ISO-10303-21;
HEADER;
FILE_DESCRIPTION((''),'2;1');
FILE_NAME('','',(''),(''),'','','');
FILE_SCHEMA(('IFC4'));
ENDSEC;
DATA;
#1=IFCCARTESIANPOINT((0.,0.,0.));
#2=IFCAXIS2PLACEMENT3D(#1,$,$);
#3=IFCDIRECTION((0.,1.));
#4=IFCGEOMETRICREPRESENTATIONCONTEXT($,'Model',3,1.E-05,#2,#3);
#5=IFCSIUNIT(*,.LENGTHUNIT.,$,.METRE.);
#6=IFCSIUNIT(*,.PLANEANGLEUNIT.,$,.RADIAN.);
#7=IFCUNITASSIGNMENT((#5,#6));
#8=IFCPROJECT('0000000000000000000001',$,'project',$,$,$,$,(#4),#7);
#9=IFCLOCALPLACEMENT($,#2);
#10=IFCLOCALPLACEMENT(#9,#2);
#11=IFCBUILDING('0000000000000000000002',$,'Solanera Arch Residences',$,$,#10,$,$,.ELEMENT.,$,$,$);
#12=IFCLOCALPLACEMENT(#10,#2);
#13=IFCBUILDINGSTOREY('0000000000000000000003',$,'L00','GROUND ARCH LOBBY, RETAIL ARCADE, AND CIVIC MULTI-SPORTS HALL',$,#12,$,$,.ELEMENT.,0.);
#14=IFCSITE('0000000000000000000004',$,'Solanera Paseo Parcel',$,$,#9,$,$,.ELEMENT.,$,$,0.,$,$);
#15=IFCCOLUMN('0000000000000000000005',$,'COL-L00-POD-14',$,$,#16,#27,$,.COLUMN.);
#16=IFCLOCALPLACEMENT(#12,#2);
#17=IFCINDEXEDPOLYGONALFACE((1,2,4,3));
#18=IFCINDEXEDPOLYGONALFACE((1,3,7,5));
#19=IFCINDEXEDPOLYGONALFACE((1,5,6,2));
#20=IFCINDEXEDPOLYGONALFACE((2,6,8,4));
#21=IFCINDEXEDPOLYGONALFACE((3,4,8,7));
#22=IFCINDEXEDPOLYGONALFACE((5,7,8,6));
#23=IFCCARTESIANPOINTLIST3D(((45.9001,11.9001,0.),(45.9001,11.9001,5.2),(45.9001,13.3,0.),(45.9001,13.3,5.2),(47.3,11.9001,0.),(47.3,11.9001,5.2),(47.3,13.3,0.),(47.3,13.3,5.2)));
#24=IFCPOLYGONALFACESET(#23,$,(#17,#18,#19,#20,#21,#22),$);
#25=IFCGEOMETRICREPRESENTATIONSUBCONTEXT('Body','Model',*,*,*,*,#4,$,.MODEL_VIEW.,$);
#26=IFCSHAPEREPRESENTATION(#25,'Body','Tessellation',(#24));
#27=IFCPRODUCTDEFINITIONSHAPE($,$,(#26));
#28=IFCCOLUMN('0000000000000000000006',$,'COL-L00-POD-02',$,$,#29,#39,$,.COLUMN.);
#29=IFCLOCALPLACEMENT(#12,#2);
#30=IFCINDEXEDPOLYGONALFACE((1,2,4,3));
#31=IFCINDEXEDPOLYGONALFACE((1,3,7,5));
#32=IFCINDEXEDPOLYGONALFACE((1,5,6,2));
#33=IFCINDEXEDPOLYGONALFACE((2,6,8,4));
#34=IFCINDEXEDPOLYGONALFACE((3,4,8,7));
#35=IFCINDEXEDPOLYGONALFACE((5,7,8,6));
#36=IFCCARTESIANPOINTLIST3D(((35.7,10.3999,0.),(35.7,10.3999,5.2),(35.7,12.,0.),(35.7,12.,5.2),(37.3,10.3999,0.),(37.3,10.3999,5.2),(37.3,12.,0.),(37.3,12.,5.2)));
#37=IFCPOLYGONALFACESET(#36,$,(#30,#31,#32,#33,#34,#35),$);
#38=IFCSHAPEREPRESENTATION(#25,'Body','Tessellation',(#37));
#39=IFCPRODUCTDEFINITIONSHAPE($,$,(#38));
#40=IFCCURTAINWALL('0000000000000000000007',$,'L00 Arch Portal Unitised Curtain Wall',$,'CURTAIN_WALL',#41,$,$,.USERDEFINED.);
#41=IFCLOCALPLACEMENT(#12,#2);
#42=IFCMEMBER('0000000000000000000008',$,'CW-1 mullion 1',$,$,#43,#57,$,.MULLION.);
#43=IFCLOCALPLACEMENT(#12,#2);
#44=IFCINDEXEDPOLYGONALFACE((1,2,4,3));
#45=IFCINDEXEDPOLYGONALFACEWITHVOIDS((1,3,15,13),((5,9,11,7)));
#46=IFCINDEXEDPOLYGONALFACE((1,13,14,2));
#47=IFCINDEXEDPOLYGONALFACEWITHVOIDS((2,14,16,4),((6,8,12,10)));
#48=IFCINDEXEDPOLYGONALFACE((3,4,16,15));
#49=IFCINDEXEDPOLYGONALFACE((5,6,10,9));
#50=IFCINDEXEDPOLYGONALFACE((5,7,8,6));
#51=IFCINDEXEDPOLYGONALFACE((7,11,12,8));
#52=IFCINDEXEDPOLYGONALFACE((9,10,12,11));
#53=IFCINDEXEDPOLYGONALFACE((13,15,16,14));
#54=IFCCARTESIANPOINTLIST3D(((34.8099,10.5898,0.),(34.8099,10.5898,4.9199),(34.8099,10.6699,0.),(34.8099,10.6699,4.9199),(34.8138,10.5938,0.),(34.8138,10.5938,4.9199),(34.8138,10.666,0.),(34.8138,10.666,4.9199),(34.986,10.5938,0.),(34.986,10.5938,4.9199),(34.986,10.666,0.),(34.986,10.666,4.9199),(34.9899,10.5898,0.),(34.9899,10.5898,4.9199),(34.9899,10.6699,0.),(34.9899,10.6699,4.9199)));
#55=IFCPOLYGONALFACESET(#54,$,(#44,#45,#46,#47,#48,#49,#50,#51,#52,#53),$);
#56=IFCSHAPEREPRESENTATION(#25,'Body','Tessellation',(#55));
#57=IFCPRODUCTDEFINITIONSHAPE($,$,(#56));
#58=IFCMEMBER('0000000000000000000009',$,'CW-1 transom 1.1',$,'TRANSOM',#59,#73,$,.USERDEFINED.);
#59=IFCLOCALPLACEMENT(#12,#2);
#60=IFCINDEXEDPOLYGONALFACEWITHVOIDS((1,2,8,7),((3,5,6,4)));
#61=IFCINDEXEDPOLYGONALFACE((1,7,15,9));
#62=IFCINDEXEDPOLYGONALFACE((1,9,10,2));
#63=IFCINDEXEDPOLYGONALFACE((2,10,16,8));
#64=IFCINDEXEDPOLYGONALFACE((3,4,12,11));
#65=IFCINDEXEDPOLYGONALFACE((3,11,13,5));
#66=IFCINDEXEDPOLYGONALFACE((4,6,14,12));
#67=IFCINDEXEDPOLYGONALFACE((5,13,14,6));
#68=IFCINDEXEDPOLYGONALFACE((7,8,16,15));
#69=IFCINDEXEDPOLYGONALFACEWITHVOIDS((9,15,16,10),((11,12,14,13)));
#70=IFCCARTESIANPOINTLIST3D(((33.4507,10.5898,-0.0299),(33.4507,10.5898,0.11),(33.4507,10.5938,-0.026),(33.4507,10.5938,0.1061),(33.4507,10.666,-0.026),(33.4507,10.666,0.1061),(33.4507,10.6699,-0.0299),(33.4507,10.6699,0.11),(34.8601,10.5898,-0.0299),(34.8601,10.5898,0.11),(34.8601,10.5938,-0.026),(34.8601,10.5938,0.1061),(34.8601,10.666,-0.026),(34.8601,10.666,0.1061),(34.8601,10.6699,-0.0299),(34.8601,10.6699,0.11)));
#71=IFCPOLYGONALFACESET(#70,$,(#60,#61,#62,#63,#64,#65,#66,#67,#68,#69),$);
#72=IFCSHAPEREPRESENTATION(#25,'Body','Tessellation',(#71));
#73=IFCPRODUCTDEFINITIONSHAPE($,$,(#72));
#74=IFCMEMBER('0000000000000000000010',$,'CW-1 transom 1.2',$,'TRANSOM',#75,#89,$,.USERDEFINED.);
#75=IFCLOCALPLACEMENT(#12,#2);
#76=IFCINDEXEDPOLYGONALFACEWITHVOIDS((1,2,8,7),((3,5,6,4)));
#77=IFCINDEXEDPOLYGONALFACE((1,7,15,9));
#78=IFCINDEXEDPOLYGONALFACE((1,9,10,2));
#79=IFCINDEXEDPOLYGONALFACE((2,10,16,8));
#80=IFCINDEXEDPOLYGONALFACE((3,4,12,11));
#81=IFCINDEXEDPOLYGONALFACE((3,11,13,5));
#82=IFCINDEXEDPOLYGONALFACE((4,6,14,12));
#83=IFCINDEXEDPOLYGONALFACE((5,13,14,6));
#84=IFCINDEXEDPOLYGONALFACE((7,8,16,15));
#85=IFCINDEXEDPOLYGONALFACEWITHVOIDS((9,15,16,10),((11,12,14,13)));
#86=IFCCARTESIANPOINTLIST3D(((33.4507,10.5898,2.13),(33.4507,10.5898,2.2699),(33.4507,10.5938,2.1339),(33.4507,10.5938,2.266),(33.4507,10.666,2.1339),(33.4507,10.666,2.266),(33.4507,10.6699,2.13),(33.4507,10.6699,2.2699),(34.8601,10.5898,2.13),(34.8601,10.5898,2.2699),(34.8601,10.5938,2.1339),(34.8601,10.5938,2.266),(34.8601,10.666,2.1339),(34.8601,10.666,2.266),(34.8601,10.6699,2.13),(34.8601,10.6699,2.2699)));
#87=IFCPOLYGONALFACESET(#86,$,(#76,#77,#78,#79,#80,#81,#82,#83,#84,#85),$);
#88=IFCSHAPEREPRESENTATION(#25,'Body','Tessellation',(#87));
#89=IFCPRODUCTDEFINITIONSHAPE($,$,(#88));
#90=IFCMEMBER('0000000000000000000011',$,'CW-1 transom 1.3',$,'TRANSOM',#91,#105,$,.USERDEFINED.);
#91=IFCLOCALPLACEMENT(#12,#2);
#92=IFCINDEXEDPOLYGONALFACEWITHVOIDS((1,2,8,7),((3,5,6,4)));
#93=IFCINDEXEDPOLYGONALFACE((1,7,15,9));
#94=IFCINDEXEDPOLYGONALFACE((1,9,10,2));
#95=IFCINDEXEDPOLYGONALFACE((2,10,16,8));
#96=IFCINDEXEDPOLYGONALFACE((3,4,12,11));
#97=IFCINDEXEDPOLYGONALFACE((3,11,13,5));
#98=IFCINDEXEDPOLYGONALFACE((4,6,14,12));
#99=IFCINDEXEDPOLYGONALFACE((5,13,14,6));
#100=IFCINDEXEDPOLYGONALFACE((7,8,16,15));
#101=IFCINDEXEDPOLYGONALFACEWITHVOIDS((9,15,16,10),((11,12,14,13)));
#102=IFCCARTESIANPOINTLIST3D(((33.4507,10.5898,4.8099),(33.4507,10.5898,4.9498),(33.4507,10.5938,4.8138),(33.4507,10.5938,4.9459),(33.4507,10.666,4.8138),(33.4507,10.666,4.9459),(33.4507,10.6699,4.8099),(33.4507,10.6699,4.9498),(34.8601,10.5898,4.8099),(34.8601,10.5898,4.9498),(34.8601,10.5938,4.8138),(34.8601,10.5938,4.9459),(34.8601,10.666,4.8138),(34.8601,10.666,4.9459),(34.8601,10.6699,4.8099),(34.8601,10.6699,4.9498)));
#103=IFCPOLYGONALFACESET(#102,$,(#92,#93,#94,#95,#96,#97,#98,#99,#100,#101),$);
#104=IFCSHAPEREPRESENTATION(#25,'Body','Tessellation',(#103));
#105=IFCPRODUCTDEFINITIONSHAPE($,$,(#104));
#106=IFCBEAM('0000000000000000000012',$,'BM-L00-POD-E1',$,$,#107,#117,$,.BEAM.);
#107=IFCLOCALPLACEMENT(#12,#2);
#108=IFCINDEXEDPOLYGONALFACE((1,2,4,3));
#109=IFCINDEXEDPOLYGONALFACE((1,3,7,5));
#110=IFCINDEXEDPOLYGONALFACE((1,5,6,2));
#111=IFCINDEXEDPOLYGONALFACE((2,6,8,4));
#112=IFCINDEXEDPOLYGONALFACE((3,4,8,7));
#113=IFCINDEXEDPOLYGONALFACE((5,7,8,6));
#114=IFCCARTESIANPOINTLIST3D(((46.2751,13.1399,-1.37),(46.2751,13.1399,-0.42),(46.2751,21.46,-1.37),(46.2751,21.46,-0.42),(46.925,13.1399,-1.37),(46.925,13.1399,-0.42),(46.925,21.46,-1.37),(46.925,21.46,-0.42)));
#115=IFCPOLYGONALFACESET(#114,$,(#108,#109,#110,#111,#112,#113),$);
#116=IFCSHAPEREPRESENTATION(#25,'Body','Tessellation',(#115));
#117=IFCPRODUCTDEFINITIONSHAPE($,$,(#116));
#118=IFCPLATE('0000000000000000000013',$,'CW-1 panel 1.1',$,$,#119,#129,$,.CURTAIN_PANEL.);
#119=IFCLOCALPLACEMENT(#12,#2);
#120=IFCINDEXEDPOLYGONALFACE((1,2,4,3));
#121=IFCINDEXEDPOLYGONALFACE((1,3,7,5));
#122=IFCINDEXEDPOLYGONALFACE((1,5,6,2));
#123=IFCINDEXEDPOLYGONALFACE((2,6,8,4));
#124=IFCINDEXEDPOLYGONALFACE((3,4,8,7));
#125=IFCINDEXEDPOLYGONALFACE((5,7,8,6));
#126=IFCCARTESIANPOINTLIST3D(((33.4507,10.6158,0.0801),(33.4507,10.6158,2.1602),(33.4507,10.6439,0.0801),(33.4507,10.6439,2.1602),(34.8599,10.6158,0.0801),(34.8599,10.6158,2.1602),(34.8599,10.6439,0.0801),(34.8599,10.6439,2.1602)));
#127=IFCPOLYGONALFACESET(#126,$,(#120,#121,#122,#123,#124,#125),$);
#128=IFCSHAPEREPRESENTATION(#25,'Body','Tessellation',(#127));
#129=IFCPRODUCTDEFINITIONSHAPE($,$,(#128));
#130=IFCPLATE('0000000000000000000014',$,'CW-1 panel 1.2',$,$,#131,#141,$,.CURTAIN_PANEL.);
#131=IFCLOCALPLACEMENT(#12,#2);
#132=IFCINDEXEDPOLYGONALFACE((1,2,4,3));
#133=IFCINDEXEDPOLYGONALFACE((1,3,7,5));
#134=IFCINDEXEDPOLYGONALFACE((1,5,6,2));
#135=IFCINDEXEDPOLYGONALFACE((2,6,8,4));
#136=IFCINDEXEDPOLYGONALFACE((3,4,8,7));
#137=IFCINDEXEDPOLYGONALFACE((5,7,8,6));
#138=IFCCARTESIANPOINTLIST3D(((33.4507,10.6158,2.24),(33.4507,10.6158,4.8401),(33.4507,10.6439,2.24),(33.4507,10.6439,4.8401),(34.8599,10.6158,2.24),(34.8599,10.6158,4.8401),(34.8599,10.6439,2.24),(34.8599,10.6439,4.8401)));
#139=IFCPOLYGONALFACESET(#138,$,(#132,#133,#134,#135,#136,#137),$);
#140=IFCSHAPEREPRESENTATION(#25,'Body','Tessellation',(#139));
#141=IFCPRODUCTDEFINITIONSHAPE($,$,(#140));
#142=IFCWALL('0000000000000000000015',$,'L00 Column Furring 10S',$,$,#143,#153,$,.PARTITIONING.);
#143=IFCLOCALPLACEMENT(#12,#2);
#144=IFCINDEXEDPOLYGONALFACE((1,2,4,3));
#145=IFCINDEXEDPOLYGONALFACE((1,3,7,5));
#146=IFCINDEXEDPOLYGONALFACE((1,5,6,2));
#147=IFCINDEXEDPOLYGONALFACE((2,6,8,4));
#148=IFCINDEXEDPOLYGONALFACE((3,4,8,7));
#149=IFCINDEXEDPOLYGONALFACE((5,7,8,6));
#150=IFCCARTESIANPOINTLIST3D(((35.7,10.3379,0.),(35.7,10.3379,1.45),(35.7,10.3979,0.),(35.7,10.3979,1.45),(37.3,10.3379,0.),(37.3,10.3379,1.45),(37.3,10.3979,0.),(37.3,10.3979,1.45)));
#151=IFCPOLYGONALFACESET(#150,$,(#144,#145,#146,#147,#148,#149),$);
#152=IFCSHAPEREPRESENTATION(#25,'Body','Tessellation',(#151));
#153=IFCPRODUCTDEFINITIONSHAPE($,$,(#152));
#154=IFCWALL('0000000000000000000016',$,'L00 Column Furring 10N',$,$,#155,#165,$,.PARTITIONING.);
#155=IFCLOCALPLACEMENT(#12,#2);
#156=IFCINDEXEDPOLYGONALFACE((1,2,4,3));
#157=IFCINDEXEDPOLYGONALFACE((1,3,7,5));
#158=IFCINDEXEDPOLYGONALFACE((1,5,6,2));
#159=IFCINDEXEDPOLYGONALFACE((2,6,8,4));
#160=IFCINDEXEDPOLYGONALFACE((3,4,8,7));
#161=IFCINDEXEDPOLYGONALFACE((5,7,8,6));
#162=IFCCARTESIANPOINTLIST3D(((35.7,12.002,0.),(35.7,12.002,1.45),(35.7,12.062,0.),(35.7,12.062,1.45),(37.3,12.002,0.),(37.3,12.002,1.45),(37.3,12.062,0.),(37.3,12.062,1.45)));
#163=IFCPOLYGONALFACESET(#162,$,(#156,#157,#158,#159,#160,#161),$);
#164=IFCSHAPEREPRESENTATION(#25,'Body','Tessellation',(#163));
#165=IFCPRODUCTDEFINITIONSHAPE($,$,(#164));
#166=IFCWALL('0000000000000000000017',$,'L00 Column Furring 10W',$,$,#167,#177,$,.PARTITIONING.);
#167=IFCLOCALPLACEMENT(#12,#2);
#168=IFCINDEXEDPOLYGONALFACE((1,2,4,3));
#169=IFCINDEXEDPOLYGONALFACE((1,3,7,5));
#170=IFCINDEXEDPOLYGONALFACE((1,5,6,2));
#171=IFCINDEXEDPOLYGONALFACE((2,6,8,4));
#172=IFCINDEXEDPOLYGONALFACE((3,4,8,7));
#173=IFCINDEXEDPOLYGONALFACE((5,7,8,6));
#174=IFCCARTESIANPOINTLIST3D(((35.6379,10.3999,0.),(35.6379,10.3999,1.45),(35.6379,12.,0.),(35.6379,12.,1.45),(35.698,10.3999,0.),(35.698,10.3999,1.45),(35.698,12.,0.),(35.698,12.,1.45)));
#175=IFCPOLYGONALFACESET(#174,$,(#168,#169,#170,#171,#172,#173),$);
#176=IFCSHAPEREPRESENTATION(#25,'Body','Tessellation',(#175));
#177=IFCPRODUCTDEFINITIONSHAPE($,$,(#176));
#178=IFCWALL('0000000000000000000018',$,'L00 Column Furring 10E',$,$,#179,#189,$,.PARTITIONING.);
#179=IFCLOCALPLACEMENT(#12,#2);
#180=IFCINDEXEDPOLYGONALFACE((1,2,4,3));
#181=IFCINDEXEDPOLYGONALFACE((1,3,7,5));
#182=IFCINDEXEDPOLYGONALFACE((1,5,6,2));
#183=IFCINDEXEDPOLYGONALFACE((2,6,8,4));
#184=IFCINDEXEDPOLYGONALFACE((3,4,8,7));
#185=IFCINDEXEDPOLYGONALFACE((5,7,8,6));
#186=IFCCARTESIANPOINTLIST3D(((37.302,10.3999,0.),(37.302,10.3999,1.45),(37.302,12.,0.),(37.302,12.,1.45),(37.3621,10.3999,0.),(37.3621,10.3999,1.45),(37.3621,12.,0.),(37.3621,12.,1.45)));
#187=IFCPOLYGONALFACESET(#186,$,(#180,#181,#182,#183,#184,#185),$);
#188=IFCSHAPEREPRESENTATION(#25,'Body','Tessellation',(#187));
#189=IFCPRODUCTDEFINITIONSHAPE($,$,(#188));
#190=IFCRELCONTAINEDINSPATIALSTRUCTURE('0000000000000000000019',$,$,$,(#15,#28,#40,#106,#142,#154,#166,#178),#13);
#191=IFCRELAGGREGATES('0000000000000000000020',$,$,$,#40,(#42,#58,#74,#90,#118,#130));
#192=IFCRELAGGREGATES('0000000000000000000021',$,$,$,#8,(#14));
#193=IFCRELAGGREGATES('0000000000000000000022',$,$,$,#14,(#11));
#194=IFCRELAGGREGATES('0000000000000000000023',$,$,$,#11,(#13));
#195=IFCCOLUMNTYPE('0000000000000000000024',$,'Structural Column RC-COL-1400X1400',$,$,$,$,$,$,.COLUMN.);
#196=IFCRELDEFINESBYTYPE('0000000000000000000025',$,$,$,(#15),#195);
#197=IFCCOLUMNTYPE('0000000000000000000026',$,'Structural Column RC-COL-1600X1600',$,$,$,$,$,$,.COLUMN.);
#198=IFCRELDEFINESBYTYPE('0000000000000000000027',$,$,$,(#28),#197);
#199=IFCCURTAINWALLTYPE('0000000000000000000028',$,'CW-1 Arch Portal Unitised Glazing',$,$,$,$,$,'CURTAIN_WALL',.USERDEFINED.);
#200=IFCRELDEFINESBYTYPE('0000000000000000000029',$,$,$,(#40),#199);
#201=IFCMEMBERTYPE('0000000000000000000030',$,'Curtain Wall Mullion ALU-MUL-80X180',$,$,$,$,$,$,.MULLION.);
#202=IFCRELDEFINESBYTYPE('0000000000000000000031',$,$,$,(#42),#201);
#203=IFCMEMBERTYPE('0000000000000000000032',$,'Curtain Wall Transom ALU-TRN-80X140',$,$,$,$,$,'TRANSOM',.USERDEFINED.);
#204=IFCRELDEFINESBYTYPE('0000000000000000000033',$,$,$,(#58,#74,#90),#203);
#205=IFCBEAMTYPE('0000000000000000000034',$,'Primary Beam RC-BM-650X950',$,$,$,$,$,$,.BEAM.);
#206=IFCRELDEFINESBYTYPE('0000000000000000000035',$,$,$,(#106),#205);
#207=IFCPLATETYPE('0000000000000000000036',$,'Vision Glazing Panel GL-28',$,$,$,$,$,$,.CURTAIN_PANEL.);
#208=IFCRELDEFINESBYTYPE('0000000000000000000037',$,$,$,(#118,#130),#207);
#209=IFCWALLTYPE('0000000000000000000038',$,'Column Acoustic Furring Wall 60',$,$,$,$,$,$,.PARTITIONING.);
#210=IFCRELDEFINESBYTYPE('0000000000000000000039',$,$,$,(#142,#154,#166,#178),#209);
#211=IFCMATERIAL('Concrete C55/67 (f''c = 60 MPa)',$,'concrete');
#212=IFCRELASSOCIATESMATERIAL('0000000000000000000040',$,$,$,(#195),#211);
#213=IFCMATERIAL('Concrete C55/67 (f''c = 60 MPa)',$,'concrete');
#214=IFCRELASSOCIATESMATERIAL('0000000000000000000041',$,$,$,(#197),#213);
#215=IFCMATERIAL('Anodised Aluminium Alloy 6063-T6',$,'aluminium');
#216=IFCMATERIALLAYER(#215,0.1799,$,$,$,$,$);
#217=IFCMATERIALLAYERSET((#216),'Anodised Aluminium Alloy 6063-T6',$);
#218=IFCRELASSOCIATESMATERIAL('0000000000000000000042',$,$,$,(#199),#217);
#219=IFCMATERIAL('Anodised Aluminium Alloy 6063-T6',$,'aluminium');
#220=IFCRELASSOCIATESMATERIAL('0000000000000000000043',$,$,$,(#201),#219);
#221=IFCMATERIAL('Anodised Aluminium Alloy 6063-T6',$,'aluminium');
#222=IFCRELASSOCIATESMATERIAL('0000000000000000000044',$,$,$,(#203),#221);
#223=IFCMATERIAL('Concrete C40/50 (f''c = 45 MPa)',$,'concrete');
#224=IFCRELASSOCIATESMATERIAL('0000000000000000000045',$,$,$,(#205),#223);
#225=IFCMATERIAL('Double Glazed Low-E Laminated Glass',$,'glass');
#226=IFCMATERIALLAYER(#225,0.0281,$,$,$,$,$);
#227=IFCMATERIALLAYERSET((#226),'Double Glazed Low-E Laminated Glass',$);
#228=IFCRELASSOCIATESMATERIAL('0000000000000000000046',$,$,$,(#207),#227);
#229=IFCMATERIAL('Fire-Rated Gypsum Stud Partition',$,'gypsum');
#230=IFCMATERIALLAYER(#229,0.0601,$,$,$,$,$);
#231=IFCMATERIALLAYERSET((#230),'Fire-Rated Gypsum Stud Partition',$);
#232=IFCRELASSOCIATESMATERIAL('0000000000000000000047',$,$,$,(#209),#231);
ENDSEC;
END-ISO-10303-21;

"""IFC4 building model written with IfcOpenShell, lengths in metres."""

from ifc_helpers import new_model, si_unit, direction, frame, frame_2d, origin, origin_2d, place, context, subcontext, project, spatial, rectangle, hollow_rectangle, extrude, material, layer, layer_set, material_profile, profile_set, type_object, element, aggregate, save


model = new_model("IFC4")

# Units and contexts
model_context = context("Model", 3, precision=1e-05, world=origin(), true_north=direction((0.0, 1.0)))
body_context = subcontext(model_context, "Body", "Model", "MODEL_VIEW")
ifc_project = project(units=[si_unit("LENGTHUNIT", "METRE"), si_unit("PLANEANGLEUNIT", "RADIAN")], contexts=[model_context])

# Site, building, storey
site_placement = place(None, origin())
site = spatial("IfcSite", under=ifc_project, at=site_placement, Name="Solanera Paseo Parcel", CompositionType="ELEMENT", RefElevation=0.0)
building_placement = place(site_placement, origin())
building = spatial("IfcBuilding", under=site, at=building_placement, Name="Solanera Arch Residences", CompositionType="ELEMENT")
storey_placement = place(building_placement, origin())
storey = spatial("IfcBuildingStorey", under=building, at=storey_placement, Name="L00", Description="GROUND ARCH LOBBY, RETAIL ARCADE, AND CIVIC MULTI-SPORTS HALL", CompositionType="ELEMENT", Elevation=0.0)

# Columns
ifc_material_1 = material(Name="Concrete C55/67 (f'c = 60 MPa)", Category="concrete")
ifc_material_profile_1 = material_profile(ifc_material_1, rectangle(XDim=1.3999, YDim=1.3999, at=origin_2d()))
ifc_profile_set_1 = profile_set([ifc_material_profile_1], Name="Concrete C55/67 (f'c = 60 MPa)")
column_type_1 = type_object("IfcColumnType", Name="Structural Column RC-COL-1400X1400", PredefinedType="COLUMN", material=ifc_profile_set_1)
column_1_placement = place(storey_placement, frame((46.6001, 12.6001, 0.0), z_axis=(0.0, 0.0, 1.0), x_axis=(1.0, 0.0, 0.0)))
element("IfcColumn", 1, at=column_1_placement, inside=storey, type_object=column_type_1, Name="COL-L00-POD-14", PredefinedType="COLUMN", context=body_context, shape_type="SweptSolid", body=[
    extrude(rectangle(XDim=1.3999, YDim=1.3999, at=origin_2d()), origin(), (0.0, 0.0, 1.0), 5.2),
])
ifc_material_2 = material(Name="Concrete C55/67 (f'c = 60 MPa)", Category="concrete")
ifc_material_profile_2 = material_profile(ifc_material_2, rectangle(XDim=1.6001, YDim=1.6001, at=origin_2d()))
ifc_profile_set_2 = profile_set([ifc_material_profile_2], Name="Concrete C55/67 (f'c = 60 MPa)")
column_type_2 = type_object("IfcColumnType", Name="Structural Column RC-COL-1600X1600", PredefinedType="COLUMN", material=ifc_profile_set_2)
column_2_placement = place(storey_placement, frame((36.5, 11.2, 0.0), z_axis=(0.0, 0.0, 1.0), x_axis=(1.0, 0.0, 0.0)))
element("IfcColumn", 2, at=column_2_placement, inside=storey, type_object=column_type_2, Name="COL-L00-POD-02", PredefinedType="COLUMN", context=body_context, shape_type="SweptSolid", body=[
    extrude(rectangle(XDim=1.6001, YDim=1.6001, at=origin_2d()), origin(), (0.0, 0.0, 1.0), 5.2),
])

# Curtain wall, members
ifc_material_3 = material(Name="Anodised Aluminium Alloy 6063-T6", Category="aluminium")
ifc_layer_1 = layer(ifc_material_3, 0.1799)
ifc_layer_set_1 = layer_set([ifc_layer_1], Name="Anodised Aluminium Alloy 6063-T6")
curtain_wall_type = type_object("IfcCurtainWallType", Name="CW-1 Arch Portal Unitised Glazing", ElementType="CURTAIN_WALL", PredefinedType="USERDEFINED", material=ifc_layer_set_1)
curtain_wall_placement = place(storey_placement, origin())
curtain_wall = element("IfcCurtainWall", 3, at=curtain_wall_placement, inside=storey, type_object=curtain_wall_type, Name="L00 Arch Portal Unitised Curtain Wall", ObjectType="CURTAIN_WALL", PredefinedType="USERDEFINED")
ifc_material_4 = material(Name="Anodised Aluminium Alloy 6063-T6", Category="aluminium")
ifc_material_profile_3 = material_profile(ifc_material_4, hollow_rectangle(XDim=0.0801, YDim=0.1799, WallThickness=0.0039, at=origin_2d()))
ifc_profile_set_3 = profile_set([ifc_material_profile_3], Name="Anodised Aluminium Alloy 6063-T6")
member_type_1 = type_object("IfcMemberType", Name="Curtain Wall Mullion ALU-MUL-80X180", PredefinedType="MULLION", material=ifc_profile_set_3)
member_1_placement = place(storey_placement, frame((34.8999, 10.6299, 0.0), z_axis=(0.0, 0.0, 1.0), x_axis=(0.0, -1.0, 0.0)))
member_1 = element("IfcMember", 4, at=member_1_placement, type_object=member_type_1, Name="CW-1 mullion 1", PredefinedType="MULLION", context=body_context, shape_type="SweptSolid", body=[
    extrude(hollow_rectangle(XDim=0.0801, YDim=0.1799, WallThickness=0.0039, at=origin_2d()), origin(), (0.0, 0.0, 1.0), 4.9199),
])
ifc_material_5 = material(Name="Anodised Aluminium Alloy 6063-T6", Category="aluminium")
ifc_material_profile_4 = material_profile(ifc_material_5, hollow_rectangle(XDim=0.0801, YDim=0.1399, WallThickness=0.0039, at=origin_2d()))
ifc_profile_set_4 = profile_set([ifc_material_profile_4], Name="Anodised Aluminium Alloy 6063-T6")
member_type_2 = type_object("IfcMemberType", Name="Curtain Wall Transom ALU-TRN-80X140", ElementType="TRANSOM", PredefinedType="USERDEFINED", material=ifc_profile_set_4)
member_2_placement = place(storey_placement, frame((34.8601, 10.6299, 0.04), z_axis=(-1.0, 0.0, 0.0), x_axis=(0.0, -1.0, 0.0)))
member_2 = element("IfcMember", 5, at=member_2_placement, type_object=member_type_2, Name="CW-1 transom 1.1", ObjectType="TRANSOM", PredefinedType="USERDEFINED", context=body_context, shape_type="SweptSolid", body=[
    extrude(hollow_rectangle(XDim=0.0801, YDim=0.1399, WallThickness=0.0039, at=origin_2d()), origin(), (0.0, 0.0, 1.0), 1.4094),
])
member_3_placement = place(storey_placement, frame((34.8601, 10.6299, 2.2), z_axis=(-1.0, 0.0, 0.0), x_axis=(0.0, -1.0, 0.0)))
member_3 = element("IfcMember", 6, at=member_3_placement, type_object=member_type_2, Name="CW-1 transom 1.2", ObjectType="TRANSOM", PredefinedType="USERDEFINED", context=body_context, shape_type="SweptSolid", body=[
    extrude(hollow_rectangle(XDim=0.0801, YDim=0.1399, WallThickness=0.0039, at=origin_2d()), origin(), (0.0, 0.0, 1.0), 1.4094),
])
member_4_placement = place(storey_placement, frame((34.8601, 10.6299, 4.8799), z_axis=(-1.0, 0.0, 0.0), x_axis=(0.0, -1.0, 0.0)))
member_4 = element("IfcMember", 7, at=member_4_placement, type_object=member_type_2, Name="CW-1 transom 1.3", ObjectType="TRANSOM", PredefinedType="USERDEFINED", context=body_context, shape_type="SweptSolid", body=[
    extrude(hollow_rectangle(XDim=0.0801, YDim=0.1399, WallThickness=0.0039, at=origin_2d()), origin(), (0.0, 0.0, 1.0), 1.4094),
])

# Beam
ifc_material_6 = material(Name="Concrete C40/50 (f'c = 45 MPa)", Category="concrete")
ifc_material_profile_5 = material_profile(ifc_material_6, rectangle(XDim=0.6499, YDim=0.95, at=origin_2d()))
ifc_profile_set_5 = profile_set([ifc_material_profile_5], Name="Concrete C40/50 (f'c = 45 MPa)")
beam_type = type_object("IfcBeamType", Name="Primary Beam RC-BM-650X950", PredefinedType="BEAM", material=ifc_profile_set_5)
beam_placement = place(storey_placement, frame((46.6001, 13.1399, -0.895), z_axis=(0.0, 1.0, 0.0), x_axis=(-1.0, 0.0, 0.0)))
element("IfcBeam", 8, at=beam_placement, inside=storey, type_object=beam_type, Name="BM-L00-POD-E1", PredefinedType="BEAM", context=body_context, shape_type="SweptSolid", body=[
    extrude(rectangle(XDim=0.6499, YDim=0.95, at=origin_2d()), origin(), (0.0, 0.0, 1.0), 8.3201),
])

# Plates
ifc_material_7 = material(Name="Double Glazed Low-E Laminated Glass", Category="glass")
ifc_layer_2 = layer(ifc_material_7, 0.0281)
ifc_layer_set_2 = layer_set([ifc_layer_2], Name="Double Glazed Low-E Laminated Glass")
plate_type = type_object("IfcPlateType", Name="Vision Glazing Panel GL-28", PredefinedType="CURTAIN_PANEL", material=ifc_layer_set_2)
plate_1_placement = place(storey_placement, frame((34.1553, 10.6299, 0.0801), z_axis=(0.0, 0.0, 1.0), x_axis=(-1.0, 0.0, 0.0)))
plate_1 = element("IfcPlate", 9, at=plate_1_placement, type_object=plate_type, Name="CW-1 panel 1.1", PredefinedType="CURTAIN_PANEL", context=body_context, shape_type="SweptSolid", body=[
    extrude(rectangle(XDim=1.4092, YDim=0.0281, at=origin_2d()), origin(), (0.0, 0.0, 1.0), 2.0801),
])
plate_2_placement = place(storey_placement, frame((34.1553, 10.6299, 2.24), z_axis=(0.0, 0.0, 1.0), x_axis=(-1.0, 0.0, 0.0)))
plate_2 = element("IfcPlate", 10, at=plate_2_placement, type_object=plate_type, Name="CW-1 panel 1.2", PredefinedType="CURTAIN_PANEL", context=body_context, shape_type="SweptSolid", body=[
    extrude(rectangle(XDim=1.4092, YDim=0.0281, at=origin_2d()), origin(), (0.0, 0.0, 1.0), 2.6001),
])
aggregate(curtain_wall, [member_1, member_2, member_3, member_4, plate_1, plate_2])

# Walls
ifc_material_8 = material(Name="Fire-Rated Gypsum Stud Partition", Category="gypsum")
ifc_layer_3 = layer(ifc_material_8, 0.0601)
ifc_layer_set_3 = layer_set([ifc_layer_3], Name="Fire-Rated Gypsum Stud Partition")
wall_type_1 = type_object("IfcWallType", Name="Column Acoustic Furring Wall 60", PredefinedType="PARTITIONING", material=ifc_layer_set_3)
for number, where, z_axis, x_axis, name in (
    (11, (35.7, 10.3679, 0.0), (0.0, 0.0, 1.0), (1.0, 0.0, 0.0), "L00 Column Furring 10S"),
    (12, (35.7, 12.032, 0.0), (0.0, 0.0, 1.0), (1.0, 0.0, 0.0), "L00 Column Furring 10N"),
    (13, (35.668, 10.3999, 0.0), (0.0, 0.0, 1.0), (0.0, 1.0, 0.0), "L00 Column Furring 10W"),
    (14, (37.332, 10.3999, 0.0), (0.0, 0.0, 1.0), (0.0, 1.0, 0.0), "L00 Column Furring 10E"),
):
    element("IfcWall", number, at=place(storey_placement, frame(where, z_axis=z_axis, x_axis=x_axis)), inside=storey, type_object=wall_type_1, Name=name, PredefinedType="PARTITIONING", context=body_context, shape_type="SweptSolid", body=[
        extrude(rectangle(XDim=1.6001, YDim=0.0601, at=frame_2d((0.8, 0.0))), origin(), (0.0, 0.0, 1.0), 1.45),
    ])

save(model, "model.ifc")
